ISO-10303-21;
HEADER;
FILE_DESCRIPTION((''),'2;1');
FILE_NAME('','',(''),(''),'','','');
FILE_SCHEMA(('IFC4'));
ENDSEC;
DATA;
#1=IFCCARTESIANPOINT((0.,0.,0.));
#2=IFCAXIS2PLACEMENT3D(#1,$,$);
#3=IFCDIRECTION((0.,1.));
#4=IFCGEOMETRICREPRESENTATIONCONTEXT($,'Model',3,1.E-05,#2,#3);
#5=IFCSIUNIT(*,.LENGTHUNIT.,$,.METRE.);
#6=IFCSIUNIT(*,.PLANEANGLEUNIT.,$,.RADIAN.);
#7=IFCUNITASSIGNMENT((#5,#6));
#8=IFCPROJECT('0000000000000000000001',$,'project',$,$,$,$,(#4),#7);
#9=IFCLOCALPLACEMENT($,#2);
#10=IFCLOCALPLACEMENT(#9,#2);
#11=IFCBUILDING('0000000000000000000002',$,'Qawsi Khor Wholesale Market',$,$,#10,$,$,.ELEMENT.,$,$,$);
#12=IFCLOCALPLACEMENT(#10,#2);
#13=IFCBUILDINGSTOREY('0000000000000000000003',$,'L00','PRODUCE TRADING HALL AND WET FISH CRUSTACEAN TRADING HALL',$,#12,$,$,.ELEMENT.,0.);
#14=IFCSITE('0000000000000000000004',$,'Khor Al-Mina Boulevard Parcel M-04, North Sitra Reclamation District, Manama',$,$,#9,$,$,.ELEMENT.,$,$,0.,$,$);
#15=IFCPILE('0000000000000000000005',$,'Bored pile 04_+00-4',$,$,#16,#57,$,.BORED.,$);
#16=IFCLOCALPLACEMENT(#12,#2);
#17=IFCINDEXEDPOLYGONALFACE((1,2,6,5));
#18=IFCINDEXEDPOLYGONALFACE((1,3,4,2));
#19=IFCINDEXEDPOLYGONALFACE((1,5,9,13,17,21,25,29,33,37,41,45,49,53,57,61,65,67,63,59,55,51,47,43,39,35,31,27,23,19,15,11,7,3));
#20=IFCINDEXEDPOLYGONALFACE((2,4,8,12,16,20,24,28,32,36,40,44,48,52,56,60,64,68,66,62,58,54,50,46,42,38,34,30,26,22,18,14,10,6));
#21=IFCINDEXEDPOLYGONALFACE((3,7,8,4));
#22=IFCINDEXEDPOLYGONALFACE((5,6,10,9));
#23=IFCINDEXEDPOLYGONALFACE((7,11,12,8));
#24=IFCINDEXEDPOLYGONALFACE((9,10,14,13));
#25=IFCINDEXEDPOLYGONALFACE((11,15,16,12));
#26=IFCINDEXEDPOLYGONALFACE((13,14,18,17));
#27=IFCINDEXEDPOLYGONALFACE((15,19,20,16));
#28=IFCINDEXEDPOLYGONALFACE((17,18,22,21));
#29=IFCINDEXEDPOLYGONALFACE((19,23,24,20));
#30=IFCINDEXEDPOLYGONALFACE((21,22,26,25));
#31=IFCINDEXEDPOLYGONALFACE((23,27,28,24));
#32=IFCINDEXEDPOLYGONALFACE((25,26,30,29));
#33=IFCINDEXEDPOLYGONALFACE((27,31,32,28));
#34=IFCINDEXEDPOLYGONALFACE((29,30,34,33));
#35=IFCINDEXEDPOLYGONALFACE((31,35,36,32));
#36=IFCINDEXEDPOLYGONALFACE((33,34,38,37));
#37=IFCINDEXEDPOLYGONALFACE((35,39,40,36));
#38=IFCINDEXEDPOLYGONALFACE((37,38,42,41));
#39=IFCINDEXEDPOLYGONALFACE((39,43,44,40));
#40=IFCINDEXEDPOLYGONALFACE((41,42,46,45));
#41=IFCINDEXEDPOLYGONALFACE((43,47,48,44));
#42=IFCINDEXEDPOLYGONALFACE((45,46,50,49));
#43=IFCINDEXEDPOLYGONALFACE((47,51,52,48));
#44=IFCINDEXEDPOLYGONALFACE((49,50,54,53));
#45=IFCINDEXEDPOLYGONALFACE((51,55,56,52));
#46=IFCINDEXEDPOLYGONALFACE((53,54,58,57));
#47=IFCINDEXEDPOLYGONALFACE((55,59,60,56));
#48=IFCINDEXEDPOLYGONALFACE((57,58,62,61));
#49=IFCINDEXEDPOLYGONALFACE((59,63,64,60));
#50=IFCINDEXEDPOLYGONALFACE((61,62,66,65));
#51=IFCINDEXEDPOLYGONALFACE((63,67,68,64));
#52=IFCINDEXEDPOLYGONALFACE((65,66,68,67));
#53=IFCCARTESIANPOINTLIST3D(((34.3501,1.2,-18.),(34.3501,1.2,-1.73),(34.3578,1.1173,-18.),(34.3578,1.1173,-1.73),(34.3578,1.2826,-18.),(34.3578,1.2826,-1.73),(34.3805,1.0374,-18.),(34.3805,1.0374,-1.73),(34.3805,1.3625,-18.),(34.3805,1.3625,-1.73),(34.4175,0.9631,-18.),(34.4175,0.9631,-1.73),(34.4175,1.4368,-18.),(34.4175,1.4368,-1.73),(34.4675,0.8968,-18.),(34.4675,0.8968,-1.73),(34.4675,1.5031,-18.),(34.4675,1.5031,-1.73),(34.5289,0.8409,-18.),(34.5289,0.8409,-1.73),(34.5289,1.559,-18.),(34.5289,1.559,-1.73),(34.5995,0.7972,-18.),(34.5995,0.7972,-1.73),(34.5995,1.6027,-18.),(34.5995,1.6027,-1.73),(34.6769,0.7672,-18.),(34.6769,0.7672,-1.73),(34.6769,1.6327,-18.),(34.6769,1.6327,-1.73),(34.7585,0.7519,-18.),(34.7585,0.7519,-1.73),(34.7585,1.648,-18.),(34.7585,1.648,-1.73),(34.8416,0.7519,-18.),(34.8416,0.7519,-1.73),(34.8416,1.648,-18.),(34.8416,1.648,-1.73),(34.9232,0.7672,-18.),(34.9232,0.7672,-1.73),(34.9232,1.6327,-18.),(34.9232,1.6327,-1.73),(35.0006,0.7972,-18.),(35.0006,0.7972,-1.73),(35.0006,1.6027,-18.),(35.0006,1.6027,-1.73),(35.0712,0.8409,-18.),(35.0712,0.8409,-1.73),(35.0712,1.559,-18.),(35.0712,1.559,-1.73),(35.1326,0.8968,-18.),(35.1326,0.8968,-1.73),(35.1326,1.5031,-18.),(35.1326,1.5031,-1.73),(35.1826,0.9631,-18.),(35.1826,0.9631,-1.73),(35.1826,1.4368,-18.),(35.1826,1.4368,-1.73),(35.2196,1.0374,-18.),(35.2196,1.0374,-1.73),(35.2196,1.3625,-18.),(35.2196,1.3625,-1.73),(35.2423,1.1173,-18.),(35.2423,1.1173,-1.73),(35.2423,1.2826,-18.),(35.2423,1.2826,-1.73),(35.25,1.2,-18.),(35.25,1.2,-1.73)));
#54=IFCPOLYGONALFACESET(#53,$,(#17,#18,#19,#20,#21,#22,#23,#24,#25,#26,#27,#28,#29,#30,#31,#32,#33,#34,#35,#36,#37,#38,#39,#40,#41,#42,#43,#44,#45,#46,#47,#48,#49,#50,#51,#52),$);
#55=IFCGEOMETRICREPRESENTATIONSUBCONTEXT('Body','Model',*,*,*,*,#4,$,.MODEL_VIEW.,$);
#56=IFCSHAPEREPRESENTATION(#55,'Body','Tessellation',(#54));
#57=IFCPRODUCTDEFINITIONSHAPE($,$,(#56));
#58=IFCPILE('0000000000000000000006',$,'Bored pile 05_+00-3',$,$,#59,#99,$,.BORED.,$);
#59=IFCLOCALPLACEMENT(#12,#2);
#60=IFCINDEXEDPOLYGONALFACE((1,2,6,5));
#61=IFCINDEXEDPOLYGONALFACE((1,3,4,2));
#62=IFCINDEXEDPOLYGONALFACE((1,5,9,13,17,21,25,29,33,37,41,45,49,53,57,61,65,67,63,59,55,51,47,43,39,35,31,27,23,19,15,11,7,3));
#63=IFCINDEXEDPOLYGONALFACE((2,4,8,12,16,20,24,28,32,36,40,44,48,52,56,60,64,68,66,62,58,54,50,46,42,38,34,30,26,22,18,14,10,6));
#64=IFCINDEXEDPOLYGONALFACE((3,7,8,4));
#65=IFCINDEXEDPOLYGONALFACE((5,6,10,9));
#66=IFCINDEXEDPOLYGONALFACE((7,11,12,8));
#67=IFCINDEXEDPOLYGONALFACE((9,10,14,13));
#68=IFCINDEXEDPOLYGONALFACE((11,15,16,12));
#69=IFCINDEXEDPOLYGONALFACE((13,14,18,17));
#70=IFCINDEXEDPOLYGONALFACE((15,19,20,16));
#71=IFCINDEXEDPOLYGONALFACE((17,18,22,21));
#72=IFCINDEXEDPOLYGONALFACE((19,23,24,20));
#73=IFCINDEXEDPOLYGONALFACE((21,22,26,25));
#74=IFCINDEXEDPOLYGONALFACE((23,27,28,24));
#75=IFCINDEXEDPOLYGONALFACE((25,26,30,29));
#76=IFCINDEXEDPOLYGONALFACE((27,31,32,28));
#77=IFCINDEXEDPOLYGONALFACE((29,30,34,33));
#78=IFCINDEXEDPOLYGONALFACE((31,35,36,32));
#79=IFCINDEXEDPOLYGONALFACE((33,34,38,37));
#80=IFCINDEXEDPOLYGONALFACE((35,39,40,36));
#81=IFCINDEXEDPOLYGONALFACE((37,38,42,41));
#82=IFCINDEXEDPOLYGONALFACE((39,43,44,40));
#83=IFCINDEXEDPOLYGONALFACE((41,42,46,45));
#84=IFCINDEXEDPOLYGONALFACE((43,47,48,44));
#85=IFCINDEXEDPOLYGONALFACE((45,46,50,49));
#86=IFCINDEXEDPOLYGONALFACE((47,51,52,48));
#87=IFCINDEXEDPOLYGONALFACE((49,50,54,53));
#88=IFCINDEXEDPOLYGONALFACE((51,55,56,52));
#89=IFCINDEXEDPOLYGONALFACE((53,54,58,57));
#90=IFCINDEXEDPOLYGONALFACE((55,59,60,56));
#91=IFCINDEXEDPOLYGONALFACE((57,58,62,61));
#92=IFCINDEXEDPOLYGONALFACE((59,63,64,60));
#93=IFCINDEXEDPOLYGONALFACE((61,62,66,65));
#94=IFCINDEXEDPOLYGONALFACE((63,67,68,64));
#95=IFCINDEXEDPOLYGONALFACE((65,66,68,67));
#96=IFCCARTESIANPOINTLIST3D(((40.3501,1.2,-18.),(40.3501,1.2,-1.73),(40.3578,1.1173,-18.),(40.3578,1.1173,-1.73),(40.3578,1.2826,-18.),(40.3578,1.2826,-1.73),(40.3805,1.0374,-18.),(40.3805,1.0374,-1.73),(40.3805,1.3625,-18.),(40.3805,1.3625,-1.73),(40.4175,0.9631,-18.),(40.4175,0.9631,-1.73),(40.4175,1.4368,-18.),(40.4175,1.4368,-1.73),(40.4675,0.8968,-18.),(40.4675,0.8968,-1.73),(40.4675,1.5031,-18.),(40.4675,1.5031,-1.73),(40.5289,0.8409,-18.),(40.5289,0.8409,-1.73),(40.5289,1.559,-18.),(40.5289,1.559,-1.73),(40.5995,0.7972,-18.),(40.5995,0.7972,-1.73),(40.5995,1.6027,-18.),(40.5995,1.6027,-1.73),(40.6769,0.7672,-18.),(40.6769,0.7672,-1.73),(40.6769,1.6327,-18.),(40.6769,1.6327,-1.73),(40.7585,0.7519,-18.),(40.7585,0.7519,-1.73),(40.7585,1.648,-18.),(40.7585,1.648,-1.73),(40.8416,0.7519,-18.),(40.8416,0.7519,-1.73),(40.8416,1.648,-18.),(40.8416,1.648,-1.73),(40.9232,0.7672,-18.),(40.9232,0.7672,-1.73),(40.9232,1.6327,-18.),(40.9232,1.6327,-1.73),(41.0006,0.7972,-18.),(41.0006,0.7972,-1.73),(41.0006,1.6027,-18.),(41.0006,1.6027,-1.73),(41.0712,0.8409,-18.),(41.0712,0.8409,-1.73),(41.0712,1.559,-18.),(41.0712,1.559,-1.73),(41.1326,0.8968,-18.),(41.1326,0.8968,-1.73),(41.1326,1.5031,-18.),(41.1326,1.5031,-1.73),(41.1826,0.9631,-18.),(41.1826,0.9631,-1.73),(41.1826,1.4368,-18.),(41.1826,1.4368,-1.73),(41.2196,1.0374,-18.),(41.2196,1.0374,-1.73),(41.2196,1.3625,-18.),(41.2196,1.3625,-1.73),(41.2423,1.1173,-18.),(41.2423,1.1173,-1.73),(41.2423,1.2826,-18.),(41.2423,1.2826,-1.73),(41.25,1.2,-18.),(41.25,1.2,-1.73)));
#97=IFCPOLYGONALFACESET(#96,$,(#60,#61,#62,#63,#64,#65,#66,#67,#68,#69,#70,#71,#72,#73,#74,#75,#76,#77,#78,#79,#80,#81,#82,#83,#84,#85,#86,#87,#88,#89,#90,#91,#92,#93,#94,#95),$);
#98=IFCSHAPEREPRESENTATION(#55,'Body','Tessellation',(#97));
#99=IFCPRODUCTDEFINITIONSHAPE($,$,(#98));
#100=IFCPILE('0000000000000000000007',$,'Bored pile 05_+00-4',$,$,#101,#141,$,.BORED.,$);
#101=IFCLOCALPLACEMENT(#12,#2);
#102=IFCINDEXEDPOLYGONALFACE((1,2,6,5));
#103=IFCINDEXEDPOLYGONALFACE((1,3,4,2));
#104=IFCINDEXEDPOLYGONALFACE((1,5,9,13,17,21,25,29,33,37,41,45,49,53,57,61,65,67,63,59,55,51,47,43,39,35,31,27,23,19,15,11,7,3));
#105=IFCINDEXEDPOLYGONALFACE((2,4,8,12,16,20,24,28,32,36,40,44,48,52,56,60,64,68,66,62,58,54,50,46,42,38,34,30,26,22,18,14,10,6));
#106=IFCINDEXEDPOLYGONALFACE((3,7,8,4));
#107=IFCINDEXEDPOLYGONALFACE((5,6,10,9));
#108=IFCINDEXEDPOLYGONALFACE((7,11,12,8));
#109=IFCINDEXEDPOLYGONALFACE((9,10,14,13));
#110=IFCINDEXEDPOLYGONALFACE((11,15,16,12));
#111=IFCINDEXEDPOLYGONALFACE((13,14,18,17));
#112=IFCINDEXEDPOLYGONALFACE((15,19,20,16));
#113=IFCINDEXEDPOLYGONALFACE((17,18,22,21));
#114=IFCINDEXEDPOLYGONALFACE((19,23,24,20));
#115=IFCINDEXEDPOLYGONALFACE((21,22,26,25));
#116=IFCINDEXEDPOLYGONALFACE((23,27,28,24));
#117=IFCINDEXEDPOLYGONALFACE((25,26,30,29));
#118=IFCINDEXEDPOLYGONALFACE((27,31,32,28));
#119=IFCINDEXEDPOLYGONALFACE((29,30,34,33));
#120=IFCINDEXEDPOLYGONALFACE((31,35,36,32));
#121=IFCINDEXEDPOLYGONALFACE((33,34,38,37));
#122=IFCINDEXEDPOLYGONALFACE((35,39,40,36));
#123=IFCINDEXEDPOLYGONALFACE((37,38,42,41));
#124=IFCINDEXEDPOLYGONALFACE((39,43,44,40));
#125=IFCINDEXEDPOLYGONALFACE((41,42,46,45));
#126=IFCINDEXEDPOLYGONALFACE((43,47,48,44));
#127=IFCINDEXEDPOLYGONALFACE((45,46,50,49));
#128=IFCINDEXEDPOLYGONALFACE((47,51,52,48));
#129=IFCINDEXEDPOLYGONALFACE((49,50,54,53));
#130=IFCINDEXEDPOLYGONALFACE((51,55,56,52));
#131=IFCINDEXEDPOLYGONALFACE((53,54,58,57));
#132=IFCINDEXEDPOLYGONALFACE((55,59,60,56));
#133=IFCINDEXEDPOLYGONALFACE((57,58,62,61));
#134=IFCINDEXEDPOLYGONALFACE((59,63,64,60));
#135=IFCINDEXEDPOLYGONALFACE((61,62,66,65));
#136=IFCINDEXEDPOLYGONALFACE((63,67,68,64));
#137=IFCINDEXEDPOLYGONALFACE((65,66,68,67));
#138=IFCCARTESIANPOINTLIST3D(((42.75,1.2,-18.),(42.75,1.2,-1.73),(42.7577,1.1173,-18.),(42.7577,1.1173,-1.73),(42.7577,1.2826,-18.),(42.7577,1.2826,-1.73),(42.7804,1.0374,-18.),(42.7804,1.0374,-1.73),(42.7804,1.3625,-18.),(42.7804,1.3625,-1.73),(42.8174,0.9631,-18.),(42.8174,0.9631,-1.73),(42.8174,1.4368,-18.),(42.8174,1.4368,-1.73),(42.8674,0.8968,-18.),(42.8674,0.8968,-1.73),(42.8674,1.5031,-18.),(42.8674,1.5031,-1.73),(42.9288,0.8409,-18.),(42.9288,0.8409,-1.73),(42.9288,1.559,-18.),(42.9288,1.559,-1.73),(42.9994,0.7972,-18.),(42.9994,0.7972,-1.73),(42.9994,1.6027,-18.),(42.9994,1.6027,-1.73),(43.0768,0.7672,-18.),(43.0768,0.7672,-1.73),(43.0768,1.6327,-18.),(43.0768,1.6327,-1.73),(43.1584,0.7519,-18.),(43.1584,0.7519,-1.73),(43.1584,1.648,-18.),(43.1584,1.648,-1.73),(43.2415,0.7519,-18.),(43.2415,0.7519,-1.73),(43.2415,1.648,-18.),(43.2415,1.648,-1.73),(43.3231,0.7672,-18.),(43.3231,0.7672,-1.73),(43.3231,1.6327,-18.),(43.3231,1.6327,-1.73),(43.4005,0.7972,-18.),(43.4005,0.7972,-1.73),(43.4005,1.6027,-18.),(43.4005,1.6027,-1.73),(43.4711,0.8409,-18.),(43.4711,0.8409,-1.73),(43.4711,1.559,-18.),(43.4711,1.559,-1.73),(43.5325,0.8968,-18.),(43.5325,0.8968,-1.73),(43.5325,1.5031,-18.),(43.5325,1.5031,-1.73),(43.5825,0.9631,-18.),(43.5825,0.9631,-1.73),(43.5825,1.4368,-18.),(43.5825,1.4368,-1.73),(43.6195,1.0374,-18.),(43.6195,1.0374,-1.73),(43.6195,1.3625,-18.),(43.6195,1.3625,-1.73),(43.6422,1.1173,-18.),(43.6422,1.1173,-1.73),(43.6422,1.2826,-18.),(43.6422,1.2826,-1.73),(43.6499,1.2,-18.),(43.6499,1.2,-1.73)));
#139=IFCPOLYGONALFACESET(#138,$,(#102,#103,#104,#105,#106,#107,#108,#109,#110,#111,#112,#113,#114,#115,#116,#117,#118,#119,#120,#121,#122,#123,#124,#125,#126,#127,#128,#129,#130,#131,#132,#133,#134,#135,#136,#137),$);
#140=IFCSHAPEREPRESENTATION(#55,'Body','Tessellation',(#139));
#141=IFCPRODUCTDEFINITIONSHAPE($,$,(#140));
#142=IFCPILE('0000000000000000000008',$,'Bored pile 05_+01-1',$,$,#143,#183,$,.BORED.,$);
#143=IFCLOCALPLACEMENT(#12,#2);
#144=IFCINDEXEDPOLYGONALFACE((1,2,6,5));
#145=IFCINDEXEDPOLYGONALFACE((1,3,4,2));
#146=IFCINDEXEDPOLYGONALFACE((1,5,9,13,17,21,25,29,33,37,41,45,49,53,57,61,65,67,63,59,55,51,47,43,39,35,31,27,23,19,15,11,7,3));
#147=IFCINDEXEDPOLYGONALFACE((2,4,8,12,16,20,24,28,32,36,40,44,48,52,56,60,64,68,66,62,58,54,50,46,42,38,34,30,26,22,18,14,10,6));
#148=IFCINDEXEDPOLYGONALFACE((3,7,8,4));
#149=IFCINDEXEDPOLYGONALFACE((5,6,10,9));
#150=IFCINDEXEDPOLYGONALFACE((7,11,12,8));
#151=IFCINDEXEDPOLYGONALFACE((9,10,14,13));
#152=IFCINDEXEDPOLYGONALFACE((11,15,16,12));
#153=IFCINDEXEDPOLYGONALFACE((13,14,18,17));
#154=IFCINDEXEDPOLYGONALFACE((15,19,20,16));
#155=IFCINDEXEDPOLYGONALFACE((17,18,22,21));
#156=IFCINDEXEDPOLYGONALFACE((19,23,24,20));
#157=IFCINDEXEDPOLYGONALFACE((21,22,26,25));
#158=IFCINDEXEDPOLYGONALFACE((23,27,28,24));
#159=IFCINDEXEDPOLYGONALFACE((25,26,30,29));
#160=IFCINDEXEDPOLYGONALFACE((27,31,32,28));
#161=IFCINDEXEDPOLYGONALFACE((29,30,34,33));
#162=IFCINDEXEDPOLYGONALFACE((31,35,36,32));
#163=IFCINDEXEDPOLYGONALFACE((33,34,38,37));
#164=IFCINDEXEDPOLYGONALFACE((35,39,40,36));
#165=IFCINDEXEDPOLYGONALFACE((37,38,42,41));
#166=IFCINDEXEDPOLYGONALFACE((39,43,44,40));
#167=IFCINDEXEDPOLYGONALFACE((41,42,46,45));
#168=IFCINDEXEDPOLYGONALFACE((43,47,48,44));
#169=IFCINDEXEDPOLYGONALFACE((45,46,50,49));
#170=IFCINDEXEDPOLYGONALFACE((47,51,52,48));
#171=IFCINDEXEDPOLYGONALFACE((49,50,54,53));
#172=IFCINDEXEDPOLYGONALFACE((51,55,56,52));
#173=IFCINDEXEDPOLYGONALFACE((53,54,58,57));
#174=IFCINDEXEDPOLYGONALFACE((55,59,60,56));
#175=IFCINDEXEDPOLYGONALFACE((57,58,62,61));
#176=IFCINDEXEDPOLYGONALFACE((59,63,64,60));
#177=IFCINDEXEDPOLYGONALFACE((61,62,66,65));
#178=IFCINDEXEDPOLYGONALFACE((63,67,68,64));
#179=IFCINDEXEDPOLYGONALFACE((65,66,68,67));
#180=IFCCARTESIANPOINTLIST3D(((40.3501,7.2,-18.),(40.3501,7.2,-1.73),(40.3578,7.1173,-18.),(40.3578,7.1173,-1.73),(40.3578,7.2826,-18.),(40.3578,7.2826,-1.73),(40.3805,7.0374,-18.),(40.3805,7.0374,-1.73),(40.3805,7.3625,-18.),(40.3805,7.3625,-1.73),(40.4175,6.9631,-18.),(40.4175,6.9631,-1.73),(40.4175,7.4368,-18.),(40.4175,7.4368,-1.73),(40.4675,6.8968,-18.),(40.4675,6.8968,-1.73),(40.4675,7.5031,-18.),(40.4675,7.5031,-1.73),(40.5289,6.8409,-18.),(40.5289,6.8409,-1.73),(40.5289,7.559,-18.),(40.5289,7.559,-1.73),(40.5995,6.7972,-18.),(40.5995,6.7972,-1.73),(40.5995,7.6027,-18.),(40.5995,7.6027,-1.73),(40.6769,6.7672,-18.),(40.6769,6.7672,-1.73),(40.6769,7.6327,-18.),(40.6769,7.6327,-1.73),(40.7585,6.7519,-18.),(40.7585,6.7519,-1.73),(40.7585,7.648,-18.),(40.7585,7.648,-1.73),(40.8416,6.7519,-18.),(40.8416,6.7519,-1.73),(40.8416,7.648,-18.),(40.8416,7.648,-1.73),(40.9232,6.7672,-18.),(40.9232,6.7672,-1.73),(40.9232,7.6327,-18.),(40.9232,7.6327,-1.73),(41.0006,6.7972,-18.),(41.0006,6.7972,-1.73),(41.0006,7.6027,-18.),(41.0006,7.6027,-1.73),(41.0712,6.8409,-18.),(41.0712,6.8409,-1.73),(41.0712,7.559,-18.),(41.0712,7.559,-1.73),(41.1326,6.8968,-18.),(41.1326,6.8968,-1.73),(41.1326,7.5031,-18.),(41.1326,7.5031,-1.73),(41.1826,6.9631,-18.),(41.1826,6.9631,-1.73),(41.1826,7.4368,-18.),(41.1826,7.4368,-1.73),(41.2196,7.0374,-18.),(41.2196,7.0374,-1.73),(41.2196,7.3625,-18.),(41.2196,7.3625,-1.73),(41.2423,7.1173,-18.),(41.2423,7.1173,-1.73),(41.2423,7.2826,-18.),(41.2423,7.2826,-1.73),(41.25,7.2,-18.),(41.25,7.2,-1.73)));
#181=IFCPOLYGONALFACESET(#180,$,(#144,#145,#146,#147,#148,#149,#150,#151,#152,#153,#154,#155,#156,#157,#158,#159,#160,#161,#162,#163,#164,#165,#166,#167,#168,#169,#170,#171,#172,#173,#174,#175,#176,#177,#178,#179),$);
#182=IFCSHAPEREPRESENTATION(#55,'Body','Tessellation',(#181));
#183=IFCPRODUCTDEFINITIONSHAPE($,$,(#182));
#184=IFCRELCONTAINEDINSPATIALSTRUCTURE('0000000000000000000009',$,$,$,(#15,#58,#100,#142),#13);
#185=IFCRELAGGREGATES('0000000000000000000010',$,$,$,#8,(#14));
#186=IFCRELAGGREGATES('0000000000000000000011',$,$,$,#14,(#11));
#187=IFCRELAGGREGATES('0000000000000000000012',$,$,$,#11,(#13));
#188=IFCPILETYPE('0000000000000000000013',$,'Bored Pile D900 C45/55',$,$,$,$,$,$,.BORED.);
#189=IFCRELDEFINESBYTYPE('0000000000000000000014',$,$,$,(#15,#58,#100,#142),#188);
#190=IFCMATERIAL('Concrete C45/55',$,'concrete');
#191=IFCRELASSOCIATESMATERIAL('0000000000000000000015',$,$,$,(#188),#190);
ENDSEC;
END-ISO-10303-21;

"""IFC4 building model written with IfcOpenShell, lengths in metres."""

from ifc_helpers import new_model, si_unit, direction, frame, origin, origin_2d, place, context, subcontext, project, spatial, circle, extrude, material, material_profile, profile_set, type_object, element, save


model = new_model("IFC4")

# Units and contexts
model_context = context("Model", 3, precision=1e-05, world=origin(), true_north=direction((0.0, 1.0)))
body_context = subcontext(model_context, "Body", "Model", "MODEL_VIEW")
ifc_project = project(units=[si_unit("LENGTHUNIT", "METRE"), si_unit("PLANEANGLEUNIT", "RADIAN")], contexts=[model_context])

# Site, building, storey
site_placement = place(None, origin())
site = spatial("IfcSite", under=ifc_project, at=site_placement, Name="Khor Al-Mina Boulevard Parcel M-04, North Sitra Reclamation District, Manama", CompositionType="ELEMENT", RefElevation=0.0)
building_placement = place(site_placement, origin())
building = spatial("IfcBuilding", under=site, at=building_placement, Name="Qawsi Khor Wholesale Market", CompositionType="ELEMENT")
storey_placement = place(building_placement, origin())
storey = spatial("IfcBuildingStorey", under=building, at=storey_placement, Name="L00", Description="PRODUCE TRADING HALL AND WET FISH CRUSTACEAN TRADING HALL", CompositionType="ELEMENT", Elevation=0.0)

# Piles
ifc_material_1 = material(Name="Concrete C45/55", Category="concrete")
ifc_material_profile_1 = material_profile(ifc_material_1, circle(Radius=0.45, at=origin_2d()), Name="PILE D900")
ifc_profile_set_1 = profile_set([ifc_material_profile_1], Name="Concrete C45/55")
pile_type = type_object("IfcPileType", Name="Bored Pile D900 C45/55", PredefinedType="BORED", material=ifc_profile_set_1)
for number, where, z_axis, x_axis, name in (
    (1, (34.8, 1.2, -1.73), (0.0, 0.0, -1.0), (1.0, 0.0, 0.0), "Bored pile 04_+00-4"),
    (2, (40.8, 1.2, -1.73), (0.0, 0.0, -1.0), (1.0, 0.0, 0.0), "Bored pile 05_+00-3"),
    (3, (43.2, 1.2, -1.73), (0.0, 0.0, -1.0), (1.0, 0.0, 0.0), "Bored pile 05_+00-4"),
    (4, (40.8, 7.2, -1.73), (0.0, 0.0, -1.0), (1.0, 0.0, 0.0), "Bored pile 05_+01-1"),
):
    element("IfcPile", number, at=place(storey_placement, frame(where, z_axis=z_axis, x_axis=x_axis)), inside=storey, type_object=pile_type, Name=name, PredefinedType="BORED", context=body_context, shape_type="SweptSolid", body=[
        extrude(circle(Radius=0.45, at=origin_2d()), origin(), (0.0, 0.0, 1.0), 16.27),
    ])

save(model, "model.ifc")
